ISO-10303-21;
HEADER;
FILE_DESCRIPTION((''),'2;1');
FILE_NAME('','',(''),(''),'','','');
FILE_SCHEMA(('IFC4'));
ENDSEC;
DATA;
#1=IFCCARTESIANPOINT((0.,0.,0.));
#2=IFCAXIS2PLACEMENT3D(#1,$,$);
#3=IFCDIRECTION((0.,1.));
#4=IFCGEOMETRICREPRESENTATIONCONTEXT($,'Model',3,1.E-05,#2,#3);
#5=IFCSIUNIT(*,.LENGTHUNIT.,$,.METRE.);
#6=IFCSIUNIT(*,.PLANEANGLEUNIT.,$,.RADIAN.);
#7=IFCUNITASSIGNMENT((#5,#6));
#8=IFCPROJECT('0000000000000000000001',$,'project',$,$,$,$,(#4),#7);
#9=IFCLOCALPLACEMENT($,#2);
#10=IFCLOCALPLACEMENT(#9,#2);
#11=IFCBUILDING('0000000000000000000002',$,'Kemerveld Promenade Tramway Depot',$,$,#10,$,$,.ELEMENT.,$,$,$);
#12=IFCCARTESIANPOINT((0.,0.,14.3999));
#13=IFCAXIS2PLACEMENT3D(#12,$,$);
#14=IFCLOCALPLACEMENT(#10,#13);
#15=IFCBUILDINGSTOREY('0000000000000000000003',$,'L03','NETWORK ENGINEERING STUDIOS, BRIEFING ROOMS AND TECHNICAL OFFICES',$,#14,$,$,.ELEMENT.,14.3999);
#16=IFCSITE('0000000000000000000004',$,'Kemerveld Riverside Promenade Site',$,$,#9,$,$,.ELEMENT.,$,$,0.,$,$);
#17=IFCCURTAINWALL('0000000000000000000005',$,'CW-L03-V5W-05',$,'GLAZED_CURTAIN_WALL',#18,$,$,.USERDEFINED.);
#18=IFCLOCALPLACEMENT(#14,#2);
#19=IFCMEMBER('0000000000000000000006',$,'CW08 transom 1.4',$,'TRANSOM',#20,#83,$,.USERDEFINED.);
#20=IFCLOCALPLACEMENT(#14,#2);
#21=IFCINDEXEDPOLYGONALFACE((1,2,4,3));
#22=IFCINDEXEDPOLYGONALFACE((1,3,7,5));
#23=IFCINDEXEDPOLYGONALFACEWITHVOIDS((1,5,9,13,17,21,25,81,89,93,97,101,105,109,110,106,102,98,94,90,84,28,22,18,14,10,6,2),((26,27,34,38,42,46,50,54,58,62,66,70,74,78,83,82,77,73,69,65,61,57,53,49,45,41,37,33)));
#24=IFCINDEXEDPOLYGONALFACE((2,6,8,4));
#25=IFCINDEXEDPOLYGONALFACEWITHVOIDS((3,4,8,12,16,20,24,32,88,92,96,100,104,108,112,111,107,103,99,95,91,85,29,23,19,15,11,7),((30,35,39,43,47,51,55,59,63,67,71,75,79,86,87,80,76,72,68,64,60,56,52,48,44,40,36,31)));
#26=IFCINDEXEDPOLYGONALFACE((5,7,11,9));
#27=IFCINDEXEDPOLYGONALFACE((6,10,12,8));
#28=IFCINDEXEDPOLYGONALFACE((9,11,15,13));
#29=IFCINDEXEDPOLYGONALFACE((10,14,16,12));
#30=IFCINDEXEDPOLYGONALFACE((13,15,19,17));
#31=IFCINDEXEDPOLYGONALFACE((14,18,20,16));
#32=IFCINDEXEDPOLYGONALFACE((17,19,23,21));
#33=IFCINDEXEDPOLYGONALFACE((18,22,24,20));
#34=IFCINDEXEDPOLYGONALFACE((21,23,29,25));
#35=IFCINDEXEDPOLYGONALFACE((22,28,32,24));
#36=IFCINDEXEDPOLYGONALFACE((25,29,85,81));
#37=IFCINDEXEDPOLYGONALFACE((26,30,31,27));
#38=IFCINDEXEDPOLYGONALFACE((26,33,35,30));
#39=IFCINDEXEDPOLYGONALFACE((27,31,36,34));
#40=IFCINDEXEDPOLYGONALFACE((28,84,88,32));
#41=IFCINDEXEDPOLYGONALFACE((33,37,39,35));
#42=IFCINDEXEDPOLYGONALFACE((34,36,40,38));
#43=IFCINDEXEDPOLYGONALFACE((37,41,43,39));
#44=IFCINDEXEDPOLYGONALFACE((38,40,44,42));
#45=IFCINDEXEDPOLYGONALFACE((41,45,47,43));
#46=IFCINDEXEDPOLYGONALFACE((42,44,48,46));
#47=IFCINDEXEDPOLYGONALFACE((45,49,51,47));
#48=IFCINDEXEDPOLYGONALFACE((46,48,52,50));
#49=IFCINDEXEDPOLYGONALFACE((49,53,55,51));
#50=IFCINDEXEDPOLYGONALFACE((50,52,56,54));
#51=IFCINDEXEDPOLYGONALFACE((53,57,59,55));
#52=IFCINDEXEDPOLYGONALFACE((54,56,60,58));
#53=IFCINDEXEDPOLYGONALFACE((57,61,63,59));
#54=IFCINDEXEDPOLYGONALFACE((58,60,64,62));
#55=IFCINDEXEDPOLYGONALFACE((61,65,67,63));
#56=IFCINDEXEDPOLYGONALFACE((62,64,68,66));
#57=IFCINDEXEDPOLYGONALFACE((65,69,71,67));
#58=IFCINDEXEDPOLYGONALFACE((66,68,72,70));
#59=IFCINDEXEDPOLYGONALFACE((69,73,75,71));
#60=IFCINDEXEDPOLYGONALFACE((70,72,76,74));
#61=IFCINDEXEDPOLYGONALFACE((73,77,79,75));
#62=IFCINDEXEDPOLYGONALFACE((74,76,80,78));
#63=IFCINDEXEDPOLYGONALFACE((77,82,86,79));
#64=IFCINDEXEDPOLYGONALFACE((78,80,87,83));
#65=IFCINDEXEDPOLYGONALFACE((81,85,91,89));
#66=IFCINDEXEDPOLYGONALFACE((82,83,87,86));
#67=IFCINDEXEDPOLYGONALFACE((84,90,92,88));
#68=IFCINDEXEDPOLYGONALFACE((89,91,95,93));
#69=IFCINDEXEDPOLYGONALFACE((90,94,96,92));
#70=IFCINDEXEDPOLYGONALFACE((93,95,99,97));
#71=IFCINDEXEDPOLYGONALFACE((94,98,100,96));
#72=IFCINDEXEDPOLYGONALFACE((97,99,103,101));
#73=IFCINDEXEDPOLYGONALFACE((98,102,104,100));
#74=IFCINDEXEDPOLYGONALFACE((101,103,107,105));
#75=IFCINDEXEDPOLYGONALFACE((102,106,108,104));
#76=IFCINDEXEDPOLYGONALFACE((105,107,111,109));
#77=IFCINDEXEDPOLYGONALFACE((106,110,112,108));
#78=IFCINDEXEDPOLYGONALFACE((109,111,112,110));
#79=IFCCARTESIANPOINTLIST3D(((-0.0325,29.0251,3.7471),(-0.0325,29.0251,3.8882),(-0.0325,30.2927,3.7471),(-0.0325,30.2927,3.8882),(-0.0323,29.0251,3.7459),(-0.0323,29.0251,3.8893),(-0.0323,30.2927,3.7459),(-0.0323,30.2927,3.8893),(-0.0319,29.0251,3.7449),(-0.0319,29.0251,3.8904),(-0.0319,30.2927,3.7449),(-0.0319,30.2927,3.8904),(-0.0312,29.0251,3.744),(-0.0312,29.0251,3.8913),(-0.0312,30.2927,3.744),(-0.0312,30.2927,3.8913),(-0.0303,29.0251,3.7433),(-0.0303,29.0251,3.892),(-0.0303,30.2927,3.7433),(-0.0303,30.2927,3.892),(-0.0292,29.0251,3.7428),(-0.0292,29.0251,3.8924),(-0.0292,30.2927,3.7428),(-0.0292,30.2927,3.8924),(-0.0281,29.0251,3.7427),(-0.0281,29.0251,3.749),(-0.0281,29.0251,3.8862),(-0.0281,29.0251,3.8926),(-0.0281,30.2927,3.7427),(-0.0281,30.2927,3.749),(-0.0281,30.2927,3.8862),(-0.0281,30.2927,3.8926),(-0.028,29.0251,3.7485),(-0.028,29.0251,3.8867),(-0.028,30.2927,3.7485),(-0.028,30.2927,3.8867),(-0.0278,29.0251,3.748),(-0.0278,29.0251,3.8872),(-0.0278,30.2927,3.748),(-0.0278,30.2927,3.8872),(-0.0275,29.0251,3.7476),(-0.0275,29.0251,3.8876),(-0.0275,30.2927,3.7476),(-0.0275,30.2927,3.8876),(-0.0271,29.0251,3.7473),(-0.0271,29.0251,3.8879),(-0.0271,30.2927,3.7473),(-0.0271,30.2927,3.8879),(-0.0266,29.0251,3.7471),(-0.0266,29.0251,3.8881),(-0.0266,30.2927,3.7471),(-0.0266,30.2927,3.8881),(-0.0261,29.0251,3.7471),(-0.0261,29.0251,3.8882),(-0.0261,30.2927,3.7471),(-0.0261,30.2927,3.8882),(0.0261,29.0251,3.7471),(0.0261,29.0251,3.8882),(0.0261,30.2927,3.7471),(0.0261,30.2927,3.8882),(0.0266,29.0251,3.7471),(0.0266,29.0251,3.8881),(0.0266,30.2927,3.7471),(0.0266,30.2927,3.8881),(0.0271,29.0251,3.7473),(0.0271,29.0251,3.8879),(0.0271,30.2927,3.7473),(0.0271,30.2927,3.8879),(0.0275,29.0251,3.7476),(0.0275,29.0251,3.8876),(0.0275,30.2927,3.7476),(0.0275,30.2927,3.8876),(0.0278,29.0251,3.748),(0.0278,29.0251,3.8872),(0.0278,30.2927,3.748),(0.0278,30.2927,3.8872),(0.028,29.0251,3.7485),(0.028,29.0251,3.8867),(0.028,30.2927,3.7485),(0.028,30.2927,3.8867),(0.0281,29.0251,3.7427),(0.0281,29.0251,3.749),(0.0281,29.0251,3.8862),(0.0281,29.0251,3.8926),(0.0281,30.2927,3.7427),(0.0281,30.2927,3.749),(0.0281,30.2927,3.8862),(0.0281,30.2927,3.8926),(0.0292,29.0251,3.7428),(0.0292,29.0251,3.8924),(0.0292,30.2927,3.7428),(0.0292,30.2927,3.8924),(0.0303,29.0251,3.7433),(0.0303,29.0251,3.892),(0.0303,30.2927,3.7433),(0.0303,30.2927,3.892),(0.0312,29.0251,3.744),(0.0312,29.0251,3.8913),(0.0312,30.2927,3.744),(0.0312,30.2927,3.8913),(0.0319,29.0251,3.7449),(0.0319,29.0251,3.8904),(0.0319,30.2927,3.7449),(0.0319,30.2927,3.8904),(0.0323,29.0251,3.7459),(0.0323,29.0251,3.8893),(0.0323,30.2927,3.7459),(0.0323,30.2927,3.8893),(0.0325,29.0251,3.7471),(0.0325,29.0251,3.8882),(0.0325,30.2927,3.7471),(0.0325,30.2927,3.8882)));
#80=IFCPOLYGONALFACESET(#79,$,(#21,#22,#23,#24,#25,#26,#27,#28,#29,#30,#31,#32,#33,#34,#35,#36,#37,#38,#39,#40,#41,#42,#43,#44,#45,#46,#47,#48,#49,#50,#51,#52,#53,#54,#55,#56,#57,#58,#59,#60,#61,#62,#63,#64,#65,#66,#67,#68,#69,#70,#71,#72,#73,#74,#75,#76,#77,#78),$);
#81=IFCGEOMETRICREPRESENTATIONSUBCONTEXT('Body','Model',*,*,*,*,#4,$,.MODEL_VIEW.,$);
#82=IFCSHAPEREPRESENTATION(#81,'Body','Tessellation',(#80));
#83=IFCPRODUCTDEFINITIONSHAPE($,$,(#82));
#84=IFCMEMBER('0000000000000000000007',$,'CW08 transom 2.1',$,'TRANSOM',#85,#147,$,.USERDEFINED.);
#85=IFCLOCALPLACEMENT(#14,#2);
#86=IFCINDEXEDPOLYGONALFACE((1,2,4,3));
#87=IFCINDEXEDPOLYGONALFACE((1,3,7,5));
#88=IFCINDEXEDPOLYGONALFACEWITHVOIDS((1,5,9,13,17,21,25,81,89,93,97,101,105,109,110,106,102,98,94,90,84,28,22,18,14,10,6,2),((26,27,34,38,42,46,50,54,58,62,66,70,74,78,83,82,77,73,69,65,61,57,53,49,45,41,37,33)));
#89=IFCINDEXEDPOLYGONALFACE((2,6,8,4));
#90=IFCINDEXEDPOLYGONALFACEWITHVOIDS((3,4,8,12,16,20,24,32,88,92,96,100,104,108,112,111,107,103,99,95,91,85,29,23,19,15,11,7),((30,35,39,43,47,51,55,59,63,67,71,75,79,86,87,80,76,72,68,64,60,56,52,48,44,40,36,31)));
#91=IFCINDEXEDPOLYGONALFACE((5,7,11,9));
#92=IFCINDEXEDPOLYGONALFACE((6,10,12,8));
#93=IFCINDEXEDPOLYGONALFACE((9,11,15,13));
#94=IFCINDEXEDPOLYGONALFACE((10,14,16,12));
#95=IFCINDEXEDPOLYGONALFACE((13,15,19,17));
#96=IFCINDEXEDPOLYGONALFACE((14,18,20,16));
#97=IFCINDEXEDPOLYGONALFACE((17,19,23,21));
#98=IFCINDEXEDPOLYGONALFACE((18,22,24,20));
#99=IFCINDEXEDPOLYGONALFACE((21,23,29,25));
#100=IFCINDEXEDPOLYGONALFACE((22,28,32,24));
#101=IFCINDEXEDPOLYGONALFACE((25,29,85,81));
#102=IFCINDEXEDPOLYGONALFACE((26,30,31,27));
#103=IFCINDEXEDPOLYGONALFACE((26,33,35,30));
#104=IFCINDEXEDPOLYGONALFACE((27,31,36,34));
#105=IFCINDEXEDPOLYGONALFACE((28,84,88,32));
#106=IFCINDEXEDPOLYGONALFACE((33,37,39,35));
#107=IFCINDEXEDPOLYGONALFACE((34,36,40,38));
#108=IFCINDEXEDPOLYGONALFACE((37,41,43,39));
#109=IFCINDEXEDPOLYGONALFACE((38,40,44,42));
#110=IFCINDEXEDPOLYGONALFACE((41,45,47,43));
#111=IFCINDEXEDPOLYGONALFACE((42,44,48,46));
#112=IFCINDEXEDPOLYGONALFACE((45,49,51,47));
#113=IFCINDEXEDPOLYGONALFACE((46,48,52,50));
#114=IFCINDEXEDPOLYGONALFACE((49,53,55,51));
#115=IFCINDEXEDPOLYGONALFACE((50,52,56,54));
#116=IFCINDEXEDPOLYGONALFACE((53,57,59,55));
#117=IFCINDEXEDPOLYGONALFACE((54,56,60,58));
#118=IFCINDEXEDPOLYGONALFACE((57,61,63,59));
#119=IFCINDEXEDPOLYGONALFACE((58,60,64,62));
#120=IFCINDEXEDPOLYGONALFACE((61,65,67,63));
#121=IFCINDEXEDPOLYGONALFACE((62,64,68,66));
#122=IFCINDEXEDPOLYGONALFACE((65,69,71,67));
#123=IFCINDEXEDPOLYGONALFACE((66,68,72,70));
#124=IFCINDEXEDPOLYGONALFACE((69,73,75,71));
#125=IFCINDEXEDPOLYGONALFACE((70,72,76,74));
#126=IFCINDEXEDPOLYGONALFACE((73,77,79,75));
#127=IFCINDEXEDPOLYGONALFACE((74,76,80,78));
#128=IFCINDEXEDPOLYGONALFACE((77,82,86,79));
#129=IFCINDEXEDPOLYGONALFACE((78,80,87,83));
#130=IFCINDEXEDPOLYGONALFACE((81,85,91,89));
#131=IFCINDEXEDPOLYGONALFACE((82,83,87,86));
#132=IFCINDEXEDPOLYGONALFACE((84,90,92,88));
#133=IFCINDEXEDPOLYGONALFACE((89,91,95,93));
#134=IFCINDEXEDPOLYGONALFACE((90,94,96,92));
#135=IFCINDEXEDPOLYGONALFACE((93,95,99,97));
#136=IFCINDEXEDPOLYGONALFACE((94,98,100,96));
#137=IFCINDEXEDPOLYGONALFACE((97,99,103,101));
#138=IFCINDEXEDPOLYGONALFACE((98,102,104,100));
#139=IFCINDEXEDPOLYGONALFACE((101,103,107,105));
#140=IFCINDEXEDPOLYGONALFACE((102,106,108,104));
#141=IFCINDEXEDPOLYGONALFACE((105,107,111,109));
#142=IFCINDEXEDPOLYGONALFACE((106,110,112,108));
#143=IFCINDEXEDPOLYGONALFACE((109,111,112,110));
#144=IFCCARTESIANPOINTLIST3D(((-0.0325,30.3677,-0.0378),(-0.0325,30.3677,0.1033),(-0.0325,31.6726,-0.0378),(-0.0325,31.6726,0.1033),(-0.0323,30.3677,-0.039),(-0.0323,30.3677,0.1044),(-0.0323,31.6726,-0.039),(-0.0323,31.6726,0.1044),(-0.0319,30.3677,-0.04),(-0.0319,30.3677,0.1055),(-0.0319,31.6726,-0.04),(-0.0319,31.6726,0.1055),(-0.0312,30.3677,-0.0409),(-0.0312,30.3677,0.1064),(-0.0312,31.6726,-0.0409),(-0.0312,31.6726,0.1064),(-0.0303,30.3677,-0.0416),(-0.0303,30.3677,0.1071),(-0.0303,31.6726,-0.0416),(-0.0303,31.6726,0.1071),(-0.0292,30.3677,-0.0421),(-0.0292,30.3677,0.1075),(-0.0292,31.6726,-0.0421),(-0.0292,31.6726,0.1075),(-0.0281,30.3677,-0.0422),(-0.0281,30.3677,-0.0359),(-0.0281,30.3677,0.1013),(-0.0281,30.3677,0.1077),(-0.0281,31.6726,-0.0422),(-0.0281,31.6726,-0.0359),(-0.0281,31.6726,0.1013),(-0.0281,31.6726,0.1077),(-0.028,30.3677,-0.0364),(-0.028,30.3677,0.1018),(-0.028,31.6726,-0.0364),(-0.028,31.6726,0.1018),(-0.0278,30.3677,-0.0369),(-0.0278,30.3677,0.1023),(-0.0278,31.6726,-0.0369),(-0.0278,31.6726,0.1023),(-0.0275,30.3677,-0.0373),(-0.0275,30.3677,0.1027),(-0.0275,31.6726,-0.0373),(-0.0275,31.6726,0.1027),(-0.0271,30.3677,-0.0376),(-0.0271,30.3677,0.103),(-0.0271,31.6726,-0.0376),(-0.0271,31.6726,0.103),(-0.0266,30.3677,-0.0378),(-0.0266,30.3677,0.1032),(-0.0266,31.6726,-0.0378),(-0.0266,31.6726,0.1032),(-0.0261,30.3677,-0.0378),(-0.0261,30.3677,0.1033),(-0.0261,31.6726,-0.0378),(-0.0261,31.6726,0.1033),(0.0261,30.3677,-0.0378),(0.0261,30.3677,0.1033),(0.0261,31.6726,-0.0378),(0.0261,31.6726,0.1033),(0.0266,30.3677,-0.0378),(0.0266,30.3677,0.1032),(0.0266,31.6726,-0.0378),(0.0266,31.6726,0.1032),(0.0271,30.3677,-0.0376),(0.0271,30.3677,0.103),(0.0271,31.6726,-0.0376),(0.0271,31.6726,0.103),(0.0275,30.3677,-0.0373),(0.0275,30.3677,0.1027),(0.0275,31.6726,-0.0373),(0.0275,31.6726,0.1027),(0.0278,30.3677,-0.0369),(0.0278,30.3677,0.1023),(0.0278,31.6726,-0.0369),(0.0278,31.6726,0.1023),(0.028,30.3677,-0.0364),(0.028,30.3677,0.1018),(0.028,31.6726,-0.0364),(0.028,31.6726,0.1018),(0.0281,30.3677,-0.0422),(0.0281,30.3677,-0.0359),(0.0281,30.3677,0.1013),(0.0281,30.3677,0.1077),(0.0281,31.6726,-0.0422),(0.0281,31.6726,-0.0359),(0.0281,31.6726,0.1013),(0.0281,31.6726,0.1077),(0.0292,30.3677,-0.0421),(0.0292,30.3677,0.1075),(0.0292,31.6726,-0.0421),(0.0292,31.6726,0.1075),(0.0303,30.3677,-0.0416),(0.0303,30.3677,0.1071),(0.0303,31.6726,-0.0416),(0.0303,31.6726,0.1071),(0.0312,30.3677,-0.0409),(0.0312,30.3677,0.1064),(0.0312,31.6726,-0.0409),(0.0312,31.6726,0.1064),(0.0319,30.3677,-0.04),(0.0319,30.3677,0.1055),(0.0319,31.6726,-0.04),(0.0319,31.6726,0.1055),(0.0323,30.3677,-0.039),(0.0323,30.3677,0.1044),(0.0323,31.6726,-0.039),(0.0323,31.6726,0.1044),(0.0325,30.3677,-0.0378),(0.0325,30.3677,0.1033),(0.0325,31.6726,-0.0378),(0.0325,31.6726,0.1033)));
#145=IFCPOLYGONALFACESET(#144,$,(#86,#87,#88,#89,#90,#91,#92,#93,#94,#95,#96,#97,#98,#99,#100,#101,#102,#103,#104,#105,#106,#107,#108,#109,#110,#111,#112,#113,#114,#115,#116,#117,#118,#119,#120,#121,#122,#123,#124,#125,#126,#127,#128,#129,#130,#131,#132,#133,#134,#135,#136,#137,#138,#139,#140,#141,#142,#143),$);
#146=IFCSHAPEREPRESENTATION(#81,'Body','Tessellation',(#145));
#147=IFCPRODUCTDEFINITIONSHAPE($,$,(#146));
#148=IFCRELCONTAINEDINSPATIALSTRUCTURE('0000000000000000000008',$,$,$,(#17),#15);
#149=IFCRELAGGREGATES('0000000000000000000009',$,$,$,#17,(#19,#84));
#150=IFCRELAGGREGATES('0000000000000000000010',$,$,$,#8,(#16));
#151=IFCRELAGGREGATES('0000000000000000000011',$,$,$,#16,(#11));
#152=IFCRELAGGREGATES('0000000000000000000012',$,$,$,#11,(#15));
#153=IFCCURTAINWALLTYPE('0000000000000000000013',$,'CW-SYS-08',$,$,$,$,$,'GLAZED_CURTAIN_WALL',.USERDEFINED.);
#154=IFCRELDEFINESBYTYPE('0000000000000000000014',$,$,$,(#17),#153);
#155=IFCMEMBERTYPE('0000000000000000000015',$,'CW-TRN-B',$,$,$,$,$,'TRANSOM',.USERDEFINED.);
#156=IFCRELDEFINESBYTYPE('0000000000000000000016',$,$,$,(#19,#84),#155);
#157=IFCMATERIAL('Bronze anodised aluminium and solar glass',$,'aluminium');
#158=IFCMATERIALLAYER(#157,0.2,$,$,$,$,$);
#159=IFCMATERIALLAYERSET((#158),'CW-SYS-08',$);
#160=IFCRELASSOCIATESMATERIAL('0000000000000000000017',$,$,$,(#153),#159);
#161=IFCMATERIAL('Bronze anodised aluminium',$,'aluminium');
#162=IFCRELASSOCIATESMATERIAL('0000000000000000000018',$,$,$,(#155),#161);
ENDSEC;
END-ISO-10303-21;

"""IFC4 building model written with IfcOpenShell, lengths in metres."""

from ifc_helpers import new_model, si_unit, direction, frame, origin, origin_2d, place, context, subcontext, project, spatial, hollow_rectangle, extrude, material, layer, layer_set, material_profile, profile_set, type_object, element, aggregate, save


model = new_model("IFC4")

# Units and contexts
model_context = context("Model", 3, precision=1e-05, world=origin(), true_north=direction((0.0, 1.0)))
body_context = subcontext(model_context, "Body", "Model", "MODEL_VIEW")
ifc_project = project(units=[si_unit("LENGTHUNIT", "METRE"), si_unit("PLANEANGLEUNIT", "RADIAN")], contexts=[model_context])

# Site, building, storey
site_placement = place(None, origin())
site = spatial("IfcSite", under=ifc_project, at=site_placement, Name="Kemerveld Riverside Promenade Site", CompositionType="ELEMENT", RefElevation=0.0)
building_placement = place(site_placement, origin())
building = spatial("IfcBuilding", under=site, at=building_placement, Name="Kemerveld Promenade Tramway Depot", CompositionType="ELEMENT")
storey_placement = place(building_placement, frame((0.0, 0.0, 14.3999)))
storey = spatial("IfcBuildingStorey", under=building, at=storey_placement, Name="L03", Description="NETWORK ENGINEERING STUDIOS, BRIEFING ROOMS AND TECHNICAL OFFICES", CompositionType="ELEMENT", Elevation=14.3999)

# Curtain wall, members
ifc_material_1 = material(Name="Bronze anodised aluminium and solar glass", Category="aluminium")
ifc_layer_1 = layer(ifc_material_1, 0.2)
ifc_layer_set_1 = layer_set([ifc_layer_1], Name="CW-SYS-08")
curtain_wall_type = type_object("IfcCurtainWallType", Name="CW-SYS-08", ElementType="GLAZED_CURTAIN_WALL", PredefinedType="USERDEFINED", material=ifc_layer_set_1)
curtain_wall_placement = place(storey_placement, origin())
curtain_wall = element("IfcCurtainWall", 1, at=curtain_wall_placement, inside=storey, type_object=curtain_wall_type, Name="CW-L03-V5W-05", ObjectType="GLAZED_CURTAIN_WALL", PredefinedType="USERDEFINED")
ifc_material_2 = material(Name="Bronze anodised aluminium", Category="aluminium")
ifc_material_profile_1 = material_profile(ifc_material_2, hollow_rectangle(XDim=0.0649, YDim=0.1499, WallThickness=0.0044, InnerFilletRadius=0.002, OuterFilletRadius=0.0044, at=origin_2d()), Name="CW-TRN-150x65")
ifc_profile_set_1 = profile_set([ifc_material_profile_1], Name="Bronze anodised aluminium")
member_type_1 = type_object("IfcMemberType", Name="CW-TRN-B", ElementType="TRANSOM", PredefinedType="USERDEFINED", material=ifc_profile_set_1)
member_1_placement = place(storey_placement, frame((0.0, 29.0251, 3.8176), z_axis=(0.0, 1.0, 0.0), x_axis=(-1.0, 0.0, 0.0)))
member_1 = element("IfcMember", 2, at=member_1_placement, type_object=member_type_1, Name="CW08 transom 1.4", ObjectType="TRANSOM", PredefinedType="USERDEFINED", context=body_context, shape_type="SweptSolid", body=[
    extrude(hollow_rectangle(XDim=0.0649, YDim=0.1499, WallThickness=0.0044, InnerFilletRadius=0.002, OuterFilletRadius=0.0044, at=origin_2d()), origin(), (0.0, 0.0, 1.0), 1.2676),
])
member_2_placement = place(storey_placement, frame((0.0, 30.3677, 0.0327), z_axis=(0.0, 1.0, 0.0), x_axis=(-1.0, 0.0, 0.0)))
member_2 = element("IfcMember", 3, at=member_2_placement, type_object=member_type_1, Name="CW08 transom 2.1", ObjectType="TRANSOM", PredefinedType="USERDEFINED", context=body_context, shape_type="SweptSolid", body=[
    extrude(hollow_rectangle(XDim=0.0649, YDim=0.1499, WallThickness=0.0044, InnerFilletRadius=0.002, OuterFilletRadius=0.0044, at=origin_2d()), origin(), (0.0, 0.0, 1.0), 1.3049),
])
aggregate(curtain_wall, [member_1, member_2])

save(model, "model.ifc")
